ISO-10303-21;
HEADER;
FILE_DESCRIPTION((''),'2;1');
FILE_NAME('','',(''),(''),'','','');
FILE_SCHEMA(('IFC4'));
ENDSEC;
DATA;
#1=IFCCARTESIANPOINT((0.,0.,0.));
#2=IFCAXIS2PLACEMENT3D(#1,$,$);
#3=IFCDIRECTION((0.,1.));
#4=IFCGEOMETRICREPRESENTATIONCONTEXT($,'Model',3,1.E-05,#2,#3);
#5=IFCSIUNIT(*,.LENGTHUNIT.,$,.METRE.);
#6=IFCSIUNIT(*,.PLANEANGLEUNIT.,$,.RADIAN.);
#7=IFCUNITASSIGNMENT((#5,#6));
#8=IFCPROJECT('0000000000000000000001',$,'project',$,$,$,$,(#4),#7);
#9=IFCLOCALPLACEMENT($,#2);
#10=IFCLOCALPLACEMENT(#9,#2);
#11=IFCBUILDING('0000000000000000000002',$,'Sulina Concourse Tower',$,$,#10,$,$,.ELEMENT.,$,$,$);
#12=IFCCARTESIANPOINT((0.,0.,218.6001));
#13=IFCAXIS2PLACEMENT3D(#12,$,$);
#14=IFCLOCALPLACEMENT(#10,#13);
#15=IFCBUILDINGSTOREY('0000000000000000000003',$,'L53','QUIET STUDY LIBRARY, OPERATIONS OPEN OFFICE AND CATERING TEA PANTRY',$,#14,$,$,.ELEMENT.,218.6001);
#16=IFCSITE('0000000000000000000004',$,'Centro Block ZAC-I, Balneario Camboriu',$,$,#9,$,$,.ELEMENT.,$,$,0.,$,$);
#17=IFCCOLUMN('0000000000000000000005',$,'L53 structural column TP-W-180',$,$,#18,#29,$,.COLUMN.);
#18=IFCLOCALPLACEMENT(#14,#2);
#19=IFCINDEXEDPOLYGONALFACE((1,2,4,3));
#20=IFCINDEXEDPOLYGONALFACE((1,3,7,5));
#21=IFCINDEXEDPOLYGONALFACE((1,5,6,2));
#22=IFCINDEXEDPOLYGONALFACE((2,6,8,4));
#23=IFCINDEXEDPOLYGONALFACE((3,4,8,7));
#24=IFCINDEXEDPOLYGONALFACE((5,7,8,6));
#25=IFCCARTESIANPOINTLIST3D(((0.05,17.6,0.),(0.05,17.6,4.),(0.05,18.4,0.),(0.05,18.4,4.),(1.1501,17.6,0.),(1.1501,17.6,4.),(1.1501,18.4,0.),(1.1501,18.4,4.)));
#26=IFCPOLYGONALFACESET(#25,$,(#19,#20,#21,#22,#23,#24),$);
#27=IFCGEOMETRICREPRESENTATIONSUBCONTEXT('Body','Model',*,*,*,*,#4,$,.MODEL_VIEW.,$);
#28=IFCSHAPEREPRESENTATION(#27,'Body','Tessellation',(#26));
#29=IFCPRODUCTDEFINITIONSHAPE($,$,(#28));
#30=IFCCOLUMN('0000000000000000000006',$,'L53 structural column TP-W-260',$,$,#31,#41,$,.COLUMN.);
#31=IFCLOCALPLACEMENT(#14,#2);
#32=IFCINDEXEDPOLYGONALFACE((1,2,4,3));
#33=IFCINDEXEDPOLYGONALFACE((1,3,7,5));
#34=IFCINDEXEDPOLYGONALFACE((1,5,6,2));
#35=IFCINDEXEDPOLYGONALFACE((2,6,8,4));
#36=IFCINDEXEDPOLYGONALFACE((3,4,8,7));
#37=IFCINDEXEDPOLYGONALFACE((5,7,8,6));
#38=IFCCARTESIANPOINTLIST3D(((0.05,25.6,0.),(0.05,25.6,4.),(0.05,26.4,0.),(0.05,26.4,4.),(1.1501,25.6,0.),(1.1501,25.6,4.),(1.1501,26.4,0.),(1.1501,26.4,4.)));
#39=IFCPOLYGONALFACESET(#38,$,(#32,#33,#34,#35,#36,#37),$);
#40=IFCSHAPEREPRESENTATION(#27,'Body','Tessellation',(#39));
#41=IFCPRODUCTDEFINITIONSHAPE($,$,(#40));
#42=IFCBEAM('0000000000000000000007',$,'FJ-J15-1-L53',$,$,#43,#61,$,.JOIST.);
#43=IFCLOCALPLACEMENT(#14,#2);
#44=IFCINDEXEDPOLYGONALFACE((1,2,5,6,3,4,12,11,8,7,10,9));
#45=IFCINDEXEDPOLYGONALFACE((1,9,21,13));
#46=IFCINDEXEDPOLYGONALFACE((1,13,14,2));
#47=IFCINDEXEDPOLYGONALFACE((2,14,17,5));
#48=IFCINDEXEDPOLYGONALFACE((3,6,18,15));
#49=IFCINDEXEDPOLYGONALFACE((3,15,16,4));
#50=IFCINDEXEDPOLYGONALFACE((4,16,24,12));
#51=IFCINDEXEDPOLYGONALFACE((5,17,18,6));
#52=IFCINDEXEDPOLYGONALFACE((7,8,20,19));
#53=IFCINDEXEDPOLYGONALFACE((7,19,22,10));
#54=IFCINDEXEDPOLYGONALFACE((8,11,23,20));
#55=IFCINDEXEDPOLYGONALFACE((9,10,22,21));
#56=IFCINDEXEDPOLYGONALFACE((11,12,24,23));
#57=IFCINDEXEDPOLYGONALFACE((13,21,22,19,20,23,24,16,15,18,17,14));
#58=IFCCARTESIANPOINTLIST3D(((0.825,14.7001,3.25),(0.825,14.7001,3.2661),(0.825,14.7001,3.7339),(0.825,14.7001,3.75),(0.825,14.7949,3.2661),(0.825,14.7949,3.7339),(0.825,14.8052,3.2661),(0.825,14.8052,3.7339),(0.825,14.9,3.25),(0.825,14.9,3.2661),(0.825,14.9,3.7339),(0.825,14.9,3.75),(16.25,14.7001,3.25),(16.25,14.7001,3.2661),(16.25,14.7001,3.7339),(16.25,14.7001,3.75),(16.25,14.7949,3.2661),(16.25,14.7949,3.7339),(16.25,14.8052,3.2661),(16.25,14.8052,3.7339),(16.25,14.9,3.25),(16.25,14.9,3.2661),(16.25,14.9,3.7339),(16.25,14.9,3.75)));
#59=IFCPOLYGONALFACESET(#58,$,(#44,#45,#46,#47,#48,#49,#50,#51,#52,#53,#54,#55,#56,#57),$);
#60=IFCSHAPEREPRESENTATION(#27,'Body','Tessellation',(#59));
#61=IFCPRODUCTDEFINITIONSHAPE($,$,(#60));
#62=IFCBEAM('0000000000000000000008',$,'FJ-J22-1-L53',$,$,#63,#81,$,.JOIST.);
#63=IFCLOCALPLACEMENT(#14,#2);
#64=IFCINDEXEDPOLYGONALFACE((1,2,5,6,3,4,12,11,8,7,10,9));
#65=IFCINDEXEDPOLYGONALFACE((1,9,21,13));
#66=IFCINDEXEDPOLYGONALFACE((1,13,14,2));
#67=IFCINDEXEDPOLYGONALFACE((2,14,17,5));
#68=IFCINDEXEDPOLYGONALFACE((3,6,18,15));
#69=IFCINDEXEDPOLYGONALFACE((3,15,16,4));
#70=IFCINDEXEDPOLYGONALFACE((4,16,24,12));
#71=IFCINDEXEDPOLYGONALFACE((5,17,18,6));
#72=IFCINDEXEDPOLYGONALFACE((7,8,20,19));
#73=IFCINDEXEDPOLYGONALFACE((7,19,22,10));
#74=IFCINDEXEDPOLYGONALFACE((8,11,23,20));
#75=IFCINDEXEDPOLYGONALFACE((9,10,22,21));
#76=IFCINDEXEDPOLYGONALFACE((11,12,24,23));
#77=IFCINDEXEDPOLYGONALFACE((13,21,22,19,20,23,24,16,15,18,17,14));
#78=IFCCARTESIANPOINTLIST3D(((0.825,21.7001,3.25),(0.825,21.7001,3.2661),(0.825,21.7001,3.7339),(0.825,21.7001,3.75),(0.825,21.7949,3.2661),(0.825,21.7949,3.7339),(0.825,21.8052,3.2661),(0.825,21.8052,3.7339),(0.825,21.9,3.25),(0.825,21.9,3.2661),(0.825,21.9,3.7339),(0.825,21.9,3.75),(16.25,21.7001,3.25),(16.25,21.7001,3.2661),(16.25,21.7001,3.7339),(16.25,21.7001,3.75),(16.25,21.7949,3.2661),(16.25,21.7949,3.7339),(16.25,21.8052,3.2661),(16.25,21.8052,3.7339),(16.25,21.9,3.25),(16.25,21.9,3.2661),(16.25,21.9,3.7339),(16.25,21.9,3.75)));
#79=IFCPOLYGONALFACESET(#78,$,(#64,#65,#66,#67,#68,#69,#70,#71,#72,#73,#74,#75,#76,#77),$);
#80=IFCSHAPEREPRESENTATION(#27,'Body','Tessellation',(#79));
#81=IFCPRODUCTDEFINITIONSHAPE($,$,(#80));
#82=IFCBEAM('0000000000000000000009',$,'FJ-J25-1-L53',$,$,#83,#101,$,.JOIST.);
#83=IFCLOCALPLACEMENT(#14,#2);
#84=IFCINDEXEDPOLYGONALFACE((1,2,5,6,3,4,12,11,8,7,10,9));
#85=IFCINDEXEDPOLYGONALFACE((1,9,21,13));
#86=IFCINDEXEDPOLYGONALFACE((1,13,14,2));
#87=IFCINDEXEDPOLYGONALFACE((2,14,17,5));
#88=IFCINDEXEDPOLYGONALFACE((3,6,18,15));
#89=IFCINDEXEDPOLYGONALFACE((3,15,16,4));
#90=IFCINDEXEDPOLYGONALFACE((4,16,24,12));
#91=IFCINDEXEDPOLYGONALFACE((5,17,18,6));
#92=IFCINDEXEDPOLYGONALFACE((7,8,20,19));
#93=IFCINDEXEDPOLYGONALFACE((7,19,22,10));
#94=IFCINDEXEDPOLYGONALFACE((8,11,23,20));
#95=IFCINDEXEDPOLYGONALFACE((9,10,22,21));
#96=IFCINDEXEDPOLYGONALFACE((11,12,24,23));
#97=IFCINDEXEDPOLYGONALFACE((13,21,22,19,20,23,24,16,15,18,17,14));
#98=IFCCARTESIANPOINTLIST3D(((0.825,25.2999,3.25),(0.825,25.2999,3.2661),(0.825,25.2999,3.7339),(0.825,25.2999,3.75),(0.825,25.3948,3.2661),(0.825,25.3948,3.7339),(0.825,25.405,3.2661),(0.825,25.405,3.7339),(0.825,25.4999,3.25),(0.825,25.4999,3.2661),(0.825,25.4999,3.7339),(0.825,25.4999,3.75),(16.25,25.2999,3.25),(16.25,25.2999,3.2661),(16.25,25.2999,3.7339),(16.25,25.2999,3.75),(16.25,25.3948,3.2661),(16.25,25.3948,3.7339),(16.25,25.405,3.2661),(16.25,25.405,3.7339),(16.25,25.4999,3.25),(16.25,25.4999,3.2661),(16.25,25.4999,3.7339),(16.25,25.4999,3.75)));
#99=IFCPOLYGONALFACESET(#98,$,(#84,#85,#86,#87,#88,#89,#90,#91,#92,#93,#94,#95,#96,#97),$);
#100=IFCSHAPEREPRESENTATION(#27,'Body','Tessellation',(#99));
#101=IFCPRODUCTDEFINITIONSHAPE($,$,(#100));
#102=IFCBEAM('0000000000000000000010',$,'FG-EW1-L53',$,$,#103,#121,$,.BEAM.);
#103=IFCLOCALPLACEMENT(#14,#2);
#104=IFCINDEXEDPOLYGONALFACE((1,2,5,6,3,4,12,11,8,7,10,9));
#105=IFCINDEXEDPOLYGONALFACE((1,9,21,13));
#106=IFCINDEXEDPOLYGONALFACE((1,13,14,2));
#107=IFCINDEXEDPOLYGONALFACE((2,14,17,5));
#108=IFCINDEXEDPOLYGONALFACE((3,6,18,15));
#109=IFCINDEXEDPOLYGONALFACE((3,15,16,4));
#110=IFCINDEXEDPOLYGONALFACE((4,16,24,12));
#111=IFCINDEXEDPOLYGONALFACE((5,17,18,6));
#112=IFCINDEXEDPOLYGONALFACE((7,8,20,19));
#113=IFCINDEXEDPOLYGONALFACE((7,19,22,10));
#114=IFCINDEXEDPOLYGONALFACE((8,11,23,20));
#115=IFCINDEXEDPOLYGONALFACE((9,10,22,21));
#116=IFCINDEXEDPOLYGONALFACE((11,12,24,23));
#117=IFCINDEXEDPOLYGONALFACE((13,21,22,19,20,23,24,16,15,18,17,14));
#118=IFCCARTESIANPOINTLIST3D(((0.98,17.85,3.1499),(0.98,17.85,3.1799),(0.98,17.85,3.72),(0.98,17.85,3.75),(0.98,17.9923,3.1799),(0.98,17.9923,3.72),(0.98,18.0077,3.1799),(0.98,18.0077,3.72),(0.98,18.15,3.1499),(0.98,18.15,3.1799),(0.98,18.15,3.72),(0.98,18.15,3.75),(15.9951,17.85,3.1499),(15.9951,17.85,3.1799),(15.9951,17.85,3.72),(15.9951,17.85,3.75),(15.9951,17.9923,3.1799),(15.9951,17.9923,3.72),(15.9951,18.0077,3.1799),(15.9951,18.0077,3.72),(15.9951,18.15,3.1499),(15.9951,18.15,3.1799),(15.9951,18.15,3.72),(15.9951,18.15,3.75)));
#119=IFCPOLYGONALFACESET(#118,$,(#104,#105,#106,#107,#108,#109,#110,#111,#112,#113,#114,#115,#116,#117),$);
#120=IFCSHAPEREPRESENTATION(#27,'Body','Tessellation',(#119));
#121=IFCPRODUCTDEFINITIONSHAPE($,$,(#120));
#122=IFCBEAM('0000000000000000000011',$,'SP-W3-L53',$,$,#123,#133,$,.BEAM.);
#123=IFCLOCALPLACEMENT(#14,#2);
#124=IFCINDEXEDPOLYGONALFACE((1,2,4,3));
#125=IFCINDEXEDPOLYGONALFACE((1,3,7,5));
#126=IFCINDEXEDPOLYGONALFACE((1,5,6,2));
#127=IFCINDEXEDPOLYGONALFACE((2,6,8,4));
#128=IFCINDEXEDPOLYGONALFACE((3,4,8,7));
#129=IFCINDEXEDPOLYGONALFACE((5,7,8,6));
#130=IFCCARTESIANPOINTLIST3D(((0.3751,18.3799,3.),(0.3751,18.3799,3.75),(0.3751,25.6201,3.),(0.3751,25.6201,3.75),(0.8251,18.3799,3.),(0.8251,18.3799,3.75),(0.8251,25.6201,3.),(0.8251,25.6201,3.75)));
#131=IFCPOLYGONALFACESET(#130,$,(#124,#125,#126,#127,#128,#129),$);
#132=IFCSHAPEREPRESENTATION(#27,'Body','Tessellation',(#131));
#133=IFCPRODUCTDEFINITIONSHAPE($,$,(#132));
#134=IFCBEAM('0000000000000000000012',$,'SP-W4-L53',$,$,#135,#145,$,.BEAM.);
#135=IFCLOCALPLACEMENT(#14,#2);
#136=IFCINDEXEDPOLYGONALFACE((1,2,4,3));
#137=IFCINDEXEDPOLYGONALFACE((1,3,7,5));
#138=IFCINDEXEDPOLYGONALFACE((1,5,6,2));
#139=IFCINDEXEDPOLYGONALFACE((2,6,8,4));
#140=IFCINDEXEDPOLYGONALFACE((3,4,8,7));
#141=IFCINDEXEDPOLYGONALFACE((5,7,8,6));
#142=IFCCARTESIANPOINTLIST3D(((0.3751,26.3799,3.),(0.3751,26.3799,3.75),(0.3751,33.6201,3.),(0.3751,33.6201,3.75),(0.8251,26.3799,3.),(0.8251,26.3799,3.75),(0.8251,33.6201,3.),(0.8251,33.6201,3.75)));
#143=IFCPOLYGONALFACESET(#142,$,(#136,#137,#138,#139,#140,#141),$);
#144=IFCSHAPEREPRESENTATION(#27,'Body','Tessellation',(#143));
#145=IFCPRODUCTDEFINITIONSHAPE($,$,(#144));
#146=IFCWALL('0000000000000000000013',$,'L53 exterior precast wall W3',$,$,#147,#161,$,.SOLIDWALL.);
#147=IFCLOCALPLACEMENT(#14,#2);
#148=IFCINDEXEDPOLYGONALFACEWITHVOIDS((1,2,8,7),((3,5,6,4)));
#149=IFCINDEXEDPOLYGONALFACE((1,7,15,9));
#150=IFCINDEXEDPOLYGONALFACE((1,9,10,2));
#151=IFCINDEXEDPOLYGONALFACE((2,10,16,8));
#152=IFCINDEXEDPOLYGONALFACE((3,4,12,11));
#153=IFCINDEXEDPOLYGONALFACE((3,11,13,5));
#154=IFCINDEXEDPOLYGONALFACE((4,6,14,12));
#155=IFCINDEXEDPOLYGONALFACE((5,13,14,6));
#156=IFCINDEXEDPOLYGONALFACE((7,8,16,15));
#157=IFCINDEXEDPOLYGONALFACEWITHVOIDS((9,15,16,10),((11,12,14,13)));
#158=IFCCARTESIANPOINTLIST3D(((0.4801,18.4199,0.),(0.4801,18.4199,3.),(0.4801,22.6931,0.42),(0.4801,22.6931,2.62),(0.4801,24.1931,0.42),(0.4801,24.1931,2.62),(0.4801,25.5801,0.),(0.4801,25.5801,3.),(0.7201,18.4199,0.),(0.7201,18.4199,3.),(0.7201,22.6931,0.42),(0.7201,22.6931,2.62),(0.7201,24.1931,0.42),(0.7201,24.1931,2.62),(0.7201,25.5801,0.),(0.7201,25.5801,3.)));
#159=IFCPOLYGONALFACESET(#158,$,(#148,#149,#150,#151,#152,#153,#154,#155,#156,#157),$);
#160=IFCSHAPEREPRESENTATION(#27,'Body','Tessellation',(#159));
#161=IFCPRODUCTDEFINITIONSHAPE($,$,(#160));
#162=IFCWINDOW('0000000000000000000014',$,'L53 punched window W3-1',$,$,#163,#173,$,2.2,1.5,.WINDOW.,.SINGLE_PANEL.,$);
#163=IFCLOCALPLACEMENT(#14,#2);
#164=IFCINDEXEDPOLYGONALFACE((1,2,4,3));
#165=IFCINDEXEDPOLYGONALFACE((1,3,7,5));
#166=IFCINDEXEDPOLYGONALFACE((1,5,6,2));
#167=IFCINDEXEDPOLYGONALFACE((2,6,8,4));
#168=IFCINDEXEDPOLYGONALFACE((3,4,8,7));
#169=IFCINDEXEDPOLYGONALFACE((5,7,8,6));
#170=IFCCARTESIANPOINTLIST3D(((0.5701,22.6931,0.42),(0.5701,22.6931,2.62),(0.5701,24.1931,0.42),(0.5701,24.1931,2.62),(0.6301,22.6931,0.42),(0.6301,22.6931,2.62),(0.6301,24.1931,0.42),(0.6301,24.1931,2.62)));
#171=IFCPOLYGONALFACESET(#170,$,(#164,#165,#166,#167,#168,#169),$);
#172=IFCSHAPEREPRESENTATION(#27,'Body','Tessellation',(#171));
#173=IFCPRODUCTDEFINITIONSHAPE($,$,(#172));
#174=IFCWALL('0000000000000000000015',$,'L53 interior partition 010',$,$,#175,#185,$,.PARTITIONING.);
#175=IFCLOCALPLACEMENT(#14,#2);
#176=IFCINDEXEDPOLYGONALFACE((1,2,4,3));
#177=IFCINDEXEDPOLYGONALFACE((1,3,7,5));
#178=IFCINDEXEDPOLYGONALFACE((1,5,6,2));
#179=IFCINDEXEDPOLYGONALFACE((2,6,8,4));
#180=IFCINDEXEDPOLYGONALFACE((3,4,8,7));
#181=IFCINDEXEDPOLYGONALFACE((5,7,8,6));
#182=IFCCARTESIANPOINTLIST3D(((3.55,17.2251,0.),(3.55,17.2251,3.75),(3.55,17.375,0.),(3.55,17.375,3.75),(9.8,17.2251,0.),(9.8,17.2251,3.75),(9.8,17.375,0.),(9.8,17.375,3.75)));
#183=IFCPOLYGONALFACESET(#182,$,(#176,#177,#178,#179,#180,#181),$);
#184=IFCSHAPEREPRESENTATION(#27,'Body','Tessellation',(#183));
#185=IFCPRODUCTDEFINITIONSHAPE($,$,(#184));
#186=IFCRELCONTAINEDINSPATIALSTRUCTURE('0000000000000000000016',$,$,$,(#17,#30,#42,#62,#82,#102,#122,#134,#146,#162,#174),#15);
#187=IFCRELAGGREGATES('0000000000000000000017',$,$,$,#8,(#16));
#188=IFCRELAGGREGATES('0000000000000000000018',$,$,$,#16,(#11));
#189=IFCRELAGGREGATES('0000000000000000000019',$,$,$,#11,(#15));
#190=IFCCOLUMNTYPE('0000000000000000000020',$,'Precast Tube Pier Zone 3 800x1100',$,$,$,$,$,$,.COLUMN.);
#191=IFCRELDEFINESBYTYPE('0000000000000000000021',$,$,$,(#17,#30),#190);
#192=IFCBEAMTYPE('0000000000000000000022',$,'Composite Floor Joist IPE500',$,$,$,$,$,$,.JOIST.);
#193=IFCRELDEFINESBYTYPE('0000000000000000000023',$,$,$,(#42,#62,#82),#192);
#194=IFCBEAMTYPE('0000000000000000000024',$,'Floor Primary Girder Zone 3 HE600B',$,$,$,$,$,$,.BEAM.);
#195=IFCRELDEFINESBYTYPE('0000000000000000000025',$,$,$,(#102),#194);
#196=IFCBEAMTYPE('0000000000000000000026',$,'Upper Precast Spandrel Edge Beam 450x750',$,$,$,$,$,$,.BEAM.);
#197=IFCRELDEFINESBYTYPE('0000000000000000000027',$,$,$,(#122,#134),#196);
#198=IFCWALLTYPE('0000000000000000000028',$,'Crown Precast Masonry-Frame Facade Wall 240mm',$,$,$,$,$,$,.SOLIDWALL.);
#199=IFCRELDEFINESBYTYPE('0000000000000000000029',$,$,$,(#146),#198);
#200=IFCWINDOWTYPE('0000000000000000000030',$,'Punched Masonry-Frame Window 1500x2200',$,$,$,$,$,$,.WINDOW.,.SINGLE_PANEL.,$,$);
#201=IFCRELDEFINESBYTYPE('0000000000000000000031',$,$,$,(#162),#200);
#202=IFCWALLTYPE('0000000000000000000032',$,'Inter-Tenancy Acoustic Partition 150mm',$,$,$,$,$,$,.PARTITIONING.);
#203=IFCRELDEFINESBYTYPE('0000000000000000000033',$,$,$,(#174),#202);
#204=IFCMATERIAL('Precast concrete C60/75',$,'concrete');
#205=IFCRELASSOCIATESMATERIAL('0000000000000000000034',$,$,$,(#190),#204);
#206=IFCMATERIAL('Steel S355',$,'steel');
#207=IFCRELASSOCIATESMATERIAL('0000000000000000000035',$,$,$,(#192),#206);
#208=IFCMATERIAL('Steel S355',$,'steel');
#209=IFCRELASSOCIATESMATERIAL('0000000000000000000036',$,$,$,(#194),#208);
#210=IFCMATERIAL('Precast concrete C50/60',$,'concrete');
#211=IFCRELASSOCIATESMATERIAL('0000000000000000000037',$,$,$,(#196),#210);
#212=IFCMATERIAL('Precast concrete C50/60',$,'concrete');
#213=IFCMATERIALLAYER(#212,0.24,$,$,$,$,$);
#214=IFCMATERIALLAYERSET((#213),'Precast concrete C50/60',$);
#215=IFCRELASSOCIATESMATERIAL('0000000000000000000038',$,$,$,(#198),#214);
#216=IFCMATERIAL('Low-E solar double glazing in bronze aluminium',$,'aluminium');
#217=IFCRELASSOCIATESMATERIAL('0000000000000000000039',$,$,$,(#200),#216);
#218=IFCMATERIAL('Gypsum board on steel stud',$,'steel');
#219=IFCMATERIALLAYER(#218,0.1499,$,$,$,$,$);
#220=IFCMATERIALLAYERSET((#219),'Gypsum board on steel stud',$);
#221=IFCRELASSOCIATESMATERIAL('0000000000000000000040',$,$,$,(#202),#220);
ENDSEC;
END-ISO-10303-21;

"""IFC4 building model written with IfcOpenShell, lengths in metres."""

from ifc_helpers import new_model, si_unit, direction, frame, frame_2d, origin, origin_2d, place, context, subcontext, project, spatial, rectangle, i_section, extrude, material, layer, layer_set, material_profile, profile_set, type_object, element, fill, save


model = new_model("IFC4")

# Units and contexts
model_context = context("Model", 3, precision=1e-05, world=origin(), true_north=direction((0.0, 1.0)))
body_context = subcontext(model_context, "Body", "Model", "MODEL_VIEW")
ifc_project = project(units=[si_unit("LENGTHUNIT", "METRE"), si_unit("PLANEANGLEUNIT", "RADIAN")], contexts=[model_context])

# Site, building, storey
site_placement = place(None, origin())
site = spatial("IfcSite", under=ifc_project, at=site_placement, Name="Centro Block ZAC-I, Balneario Camboriu", CompositionType="ELEMENT", RefElevation=0.0)
building_placement = place(site_placement, origin())
building = spatial("IfcBuilding", under=site, at=building_placement, Name="Sulina Concourse Tower", CompositionType="ELEMENT")
storey_placement = place(building_placement, frame((0.0, 0.0, 218.6001)))
storey = spatial("IfcBuildingStorey", under=building, at=storey_placement, Name="L53", Description="QUIET STUDY LIBRARY, OPERATIONS OPEN OFFICE AND CATERING TEA PANTRY", CompositionType="ELEMENT", Elevation=218.6001)

# Columns
ifc_material_1 = material(Name="Precast concrete C60/75", Category="concrete")
ifc_material_profile_1 = material_profile(ifc_material_1, rectangle(XDim=0.8, YDim=1.1001, at=origin_2d()), Name="PC 800x1100")
ifc_profile_set_1 = profile_set([ifc_material_profile_1], Name="Precast concrete C60/75")
column_type = type_object("IfcColumnType", Name="Precast Tube Pier Zone 3 800x1100", PredefinedType="COLUMN", material=ifc_profile_set_1)
for number, where, z_axis, x_axis, name in (
    (1, (0.6001, 18.0, 0.0), (0.0, 0.0, 1.0), (0.0, 1.0, 0.0), "L53 structural column TP-W-180"),
    (2, (0.6001, 26.0, 0.0), (0.0, 0.0, 1.0), (0.0, 1.0, 0.0), "L53 structural column TP-W-260"),
):
    element("IfcColumn", number, at=place(storey_placement, frame(where, z_axis=z_axis, x_axis=x_axis)), inside=storey, type_object=column_type, Name=name, PredefinedType="COLUMN", context=body_context, shape_type="SweptSolid", body=[
        extrude(rectangle(XDim=0.8, YDim=1.1001, at=origin_2d()), origin(), (0.0, 0.0, 1.0), 4.0),
    ])

# Beams
ifc_material_2 = material(Name="Steel S355", Category="steel")
ifc_material_profile_2 = material_profile(ifc_material_2, i_section(OverallWidth=0.2, OverallDepth=0.5, WebThickness=0.0103, FlangeThickness=0.0161, at=origin_2d()), Name="IPE 500")
ifc_profile_set_2 = profile_set([ifc_material_profile_2], Name="Steel S355")
beam_type_1 = type_object("IfcBeamType", Name="Composite Floor Joist IPE500", PredefinedType="JOIST", material=ifc_profile_set_2)
for number, where, z_axis, x_axis, name in (
    (3, (0.825, 14.8, 3.5), (1.0, 0.0, 0.0), (0.0, 1.0, 0.0), "FJ-J15-1-L53"),
    (4, (0.825, 21.8, 3.5), (1.0, 0.0, 0.0), (0.0, 1.0, 0.0), "FJ-J22-1-L53"),
    (5, (0.825, 25.3999, 3.5), (1.0, 0.0, 0.0), (0.0, 1.0, 0.0), "FJ-J25-1-L53"),
):
    element("IfcBeam", number, at=place(storey_placement, frame(where, z_axis=z_axis, x_axis=x_axis)), inside=storey, type_object=beam_type_1, Name=name, PredefinedType="JOIST", context=body_context, shape_type="SweptSolid", body=[
        extrude(i_section(OverallWidth=0.2, OverallDepth=0.5, WebThickness=0.0103, FlangeThickness=0.0161, at=origin_2d()), origin(), (0.0, 0.0, 1.0), 15.425),
    ])
ifc_material_3 = material(Name="Steel S355", Category="steel")
ifc_material_profile_3 = material_profile(ifc_material_3, i_section(OverallWidth=0.3, OverallDepth=0.6001, WebThickness=0.0154, FlangeThickness=0.03, at=origin_2d()), Name="HE 600 B")
ifc_profile_set_3 = profile_set([ifc_material_profile_3], Name="Steel S355")
beam_type_2 = type_object("IfcBeamType", Name="Floor Primary Girder Zone 3 HE600B", PredefinedType="BEAM", material=ifc_profile_set_3)
beam_placement = place(storey_placement, frame((0.98, 18.0, 3.45), z_axis=(1.0, 0.0, 0.0), x_axis=(0.0, 1.0, 0.0)))
element("IfcBeam", 6, at=beam_placement, inside=storey, type_object=beam_type_2, Name="FG-EW1-L53", PredefinedType="BEAM", context=body_context, shape_type="SweptSolid", body=[
    extrude(i_section(OverallWidth=0.3, OverallDepth=0.6001, WebThickness=0.0154, FlangeThickness=0.03, at=origin_2d()), origin(), (0.0, 0.0, 1.0), 15.0151),
])
ifc_material_4 = material(Name="Precast concrete C50/60", Category="concrete")
ifc_material_profile_4 = material_profile(ifc_material_4, rectangle(XDim=0.45, YDim=0.75, at=origin_2d()), Name="RC 450x750")
ifc_profile_set_4 = profile_set([ifc_material_profile_4], Name="Precast concrete C50/60")
beam_type_3 = type_object("IfcBeamType", Name="Upper Precast Spandrel Edge Beam 450x750", PredefinedType="BEAM", material=ifc_profile_set_4)
for number, where, z_axis, x_axis, name in (
    (7, (0.6001, 18.3799, 3.375), (0.0, 1.0, 0.0), (-1.0, 0.0, 0.0), "SP-W3-L53"),
    (8, (0.6001, 26.3799, 3.375), (0.0, 1.0, 0.0), (-1.0, 0.0, 0.0), "SP-W4-L53"),
):
    element("IfcBeam", number, at=place(storey_placement, frame(where, z_axis=z_axis, x_axis=x_axis)), inside=storey, type_object=beam_type_3, Name=name, PredefinedType="BEAM", context=body_context, shape_type="SweptSolid", body=[
        extrude(rectangle(XDim=0.45, YDim=0.75, at=origin_2d()), origin(), (0.0, 0.0, 1.0), 7.2402),
    ])

# Wall, opening, window
ifc_material_5 = material(Name="Precast concrete C50/60", Category="concrete")
ifc_layer_1 = layer(ifc_material_5, 0.24)
ifc_layer_set_1 = layer_set([ifc_layer_1], Name="Precast concrete C50/60")
wall_type_1 = type_object("IfcWallType", Name="Crown Precast Masonry-Frame Facade Wall 240mm", PredefinedType="SOLIDWALL", material=ifc_layer_set_1)
wall_1_placement = place(storey_placement, frame((0.6001, 18.4199, 0.0), z_axis=(0.0, 0.0, 1.0), x_axis=(0.0, 1.0, 0.0)))
wall_1 = element("IfcWall", 9, at=wall_1_placement, inside=storey, type_object=wall_type_1, Name="L53 exterior precast wall W3", PredefinedType="SOLIDWALL", context=body_context, shape_type="SweptSolid", body=[
    extrude(rectangle(XDim=7.1602, YDim=0.24, at=frame_2d((3.5801, 0.0))), origin(), (0.0, 0.0, 1.0), 3.0),
])
opening_1_placement = place(wall_1_placement, frame((4.2732, 0.0, 0.4199)))
opening_1 = element("IfcOpeningElement", 10, at=opening_1_placement, cuts=wall_1, PredefinedType="OPENING", context=body_context, shape_type="SweptSolid", body=[
    extrude(rectangle(XDim=1.5, YDim=2.2, at=frame_2d((0.75, 1.1001))), frame((0.0, 0.1299, 0.0), z_axis=(0.0, -1.0, 0.0), x_axis=(1.0, 0.0, 0.0)), (0.0, 0.0, 1.0), 0.26),
])
ifc_material_6 = material(Name="Low-E solar double glazing in bronze aluminium", Category="aluminium")
window_type = type_object("IfcWindowType", Name="Punched Masonry-Frame Window 1500x2200", PartitioningType="SINGLE_PANEL", PredefinedType="WINDOW", material=ifc_material_6)
window_placement = place(opening_1_placement, origin())
window = element("IfcWindow", 11, at=window_placement, inside=storey, type_object=window_type, Name="L53 punched window W3-1", OverallHeight=2.2, OverallWidth=1.5, PartitioningType="SINGLE_PANEL", PredefinedType="WINDOW", context=body_context, shape_type="SweptSolid", body=[
    extrude(rectangle(XDim=1.5, YDim=2.2, at=frame_2d((0.75, 1.1001))), frame((0.0, 0.03, 0.0), z_axis=(0.0, -1.0, 0.0), x_axis=(1.0, 0.0, 0.0)), (0.0, 0.0, 1.0), 0.0601),
])
fill(opening_1, window)

# Wall
ifc_material_7 = material(Name="Gypsum board on steel stud", Category="steel")
ifc_layer_2 = layer(ifc_material_7, 0.1499)
ifc_layer_set_2 = layer_set([ifc_layer_2], Name="Gypsum board on steel stud")
wall_type_2 = type_object("IfcWallType", Name="Inter-Tenancy Acoustic Partition 150mm", PredefinedType="PARTITIONING", material=ifc_layer_set_2)
wall_2_placement = place(storey_placement, frame((3.55, 17.3, 0.0), z_axis=(0.0, 0.0, 1.0), x_axis=(1.0, 0.0, 0.0)))
element("IfcWall", 12, at=wall_2_placement, inside=storey, type_object=wall_type_2, Name="L53 interior partition 010", PredefinedType="PARTITIONING", context=body_context, shape_type="SweptSolid", body=[
    extrude(rectangle(XDim=6.25, YDim=0.1499, at=frame_2d((3.125, 0.0))), origin(), (0.0, 0.0, 1.0), 3.75),
])

save(model, "model.ifc")
